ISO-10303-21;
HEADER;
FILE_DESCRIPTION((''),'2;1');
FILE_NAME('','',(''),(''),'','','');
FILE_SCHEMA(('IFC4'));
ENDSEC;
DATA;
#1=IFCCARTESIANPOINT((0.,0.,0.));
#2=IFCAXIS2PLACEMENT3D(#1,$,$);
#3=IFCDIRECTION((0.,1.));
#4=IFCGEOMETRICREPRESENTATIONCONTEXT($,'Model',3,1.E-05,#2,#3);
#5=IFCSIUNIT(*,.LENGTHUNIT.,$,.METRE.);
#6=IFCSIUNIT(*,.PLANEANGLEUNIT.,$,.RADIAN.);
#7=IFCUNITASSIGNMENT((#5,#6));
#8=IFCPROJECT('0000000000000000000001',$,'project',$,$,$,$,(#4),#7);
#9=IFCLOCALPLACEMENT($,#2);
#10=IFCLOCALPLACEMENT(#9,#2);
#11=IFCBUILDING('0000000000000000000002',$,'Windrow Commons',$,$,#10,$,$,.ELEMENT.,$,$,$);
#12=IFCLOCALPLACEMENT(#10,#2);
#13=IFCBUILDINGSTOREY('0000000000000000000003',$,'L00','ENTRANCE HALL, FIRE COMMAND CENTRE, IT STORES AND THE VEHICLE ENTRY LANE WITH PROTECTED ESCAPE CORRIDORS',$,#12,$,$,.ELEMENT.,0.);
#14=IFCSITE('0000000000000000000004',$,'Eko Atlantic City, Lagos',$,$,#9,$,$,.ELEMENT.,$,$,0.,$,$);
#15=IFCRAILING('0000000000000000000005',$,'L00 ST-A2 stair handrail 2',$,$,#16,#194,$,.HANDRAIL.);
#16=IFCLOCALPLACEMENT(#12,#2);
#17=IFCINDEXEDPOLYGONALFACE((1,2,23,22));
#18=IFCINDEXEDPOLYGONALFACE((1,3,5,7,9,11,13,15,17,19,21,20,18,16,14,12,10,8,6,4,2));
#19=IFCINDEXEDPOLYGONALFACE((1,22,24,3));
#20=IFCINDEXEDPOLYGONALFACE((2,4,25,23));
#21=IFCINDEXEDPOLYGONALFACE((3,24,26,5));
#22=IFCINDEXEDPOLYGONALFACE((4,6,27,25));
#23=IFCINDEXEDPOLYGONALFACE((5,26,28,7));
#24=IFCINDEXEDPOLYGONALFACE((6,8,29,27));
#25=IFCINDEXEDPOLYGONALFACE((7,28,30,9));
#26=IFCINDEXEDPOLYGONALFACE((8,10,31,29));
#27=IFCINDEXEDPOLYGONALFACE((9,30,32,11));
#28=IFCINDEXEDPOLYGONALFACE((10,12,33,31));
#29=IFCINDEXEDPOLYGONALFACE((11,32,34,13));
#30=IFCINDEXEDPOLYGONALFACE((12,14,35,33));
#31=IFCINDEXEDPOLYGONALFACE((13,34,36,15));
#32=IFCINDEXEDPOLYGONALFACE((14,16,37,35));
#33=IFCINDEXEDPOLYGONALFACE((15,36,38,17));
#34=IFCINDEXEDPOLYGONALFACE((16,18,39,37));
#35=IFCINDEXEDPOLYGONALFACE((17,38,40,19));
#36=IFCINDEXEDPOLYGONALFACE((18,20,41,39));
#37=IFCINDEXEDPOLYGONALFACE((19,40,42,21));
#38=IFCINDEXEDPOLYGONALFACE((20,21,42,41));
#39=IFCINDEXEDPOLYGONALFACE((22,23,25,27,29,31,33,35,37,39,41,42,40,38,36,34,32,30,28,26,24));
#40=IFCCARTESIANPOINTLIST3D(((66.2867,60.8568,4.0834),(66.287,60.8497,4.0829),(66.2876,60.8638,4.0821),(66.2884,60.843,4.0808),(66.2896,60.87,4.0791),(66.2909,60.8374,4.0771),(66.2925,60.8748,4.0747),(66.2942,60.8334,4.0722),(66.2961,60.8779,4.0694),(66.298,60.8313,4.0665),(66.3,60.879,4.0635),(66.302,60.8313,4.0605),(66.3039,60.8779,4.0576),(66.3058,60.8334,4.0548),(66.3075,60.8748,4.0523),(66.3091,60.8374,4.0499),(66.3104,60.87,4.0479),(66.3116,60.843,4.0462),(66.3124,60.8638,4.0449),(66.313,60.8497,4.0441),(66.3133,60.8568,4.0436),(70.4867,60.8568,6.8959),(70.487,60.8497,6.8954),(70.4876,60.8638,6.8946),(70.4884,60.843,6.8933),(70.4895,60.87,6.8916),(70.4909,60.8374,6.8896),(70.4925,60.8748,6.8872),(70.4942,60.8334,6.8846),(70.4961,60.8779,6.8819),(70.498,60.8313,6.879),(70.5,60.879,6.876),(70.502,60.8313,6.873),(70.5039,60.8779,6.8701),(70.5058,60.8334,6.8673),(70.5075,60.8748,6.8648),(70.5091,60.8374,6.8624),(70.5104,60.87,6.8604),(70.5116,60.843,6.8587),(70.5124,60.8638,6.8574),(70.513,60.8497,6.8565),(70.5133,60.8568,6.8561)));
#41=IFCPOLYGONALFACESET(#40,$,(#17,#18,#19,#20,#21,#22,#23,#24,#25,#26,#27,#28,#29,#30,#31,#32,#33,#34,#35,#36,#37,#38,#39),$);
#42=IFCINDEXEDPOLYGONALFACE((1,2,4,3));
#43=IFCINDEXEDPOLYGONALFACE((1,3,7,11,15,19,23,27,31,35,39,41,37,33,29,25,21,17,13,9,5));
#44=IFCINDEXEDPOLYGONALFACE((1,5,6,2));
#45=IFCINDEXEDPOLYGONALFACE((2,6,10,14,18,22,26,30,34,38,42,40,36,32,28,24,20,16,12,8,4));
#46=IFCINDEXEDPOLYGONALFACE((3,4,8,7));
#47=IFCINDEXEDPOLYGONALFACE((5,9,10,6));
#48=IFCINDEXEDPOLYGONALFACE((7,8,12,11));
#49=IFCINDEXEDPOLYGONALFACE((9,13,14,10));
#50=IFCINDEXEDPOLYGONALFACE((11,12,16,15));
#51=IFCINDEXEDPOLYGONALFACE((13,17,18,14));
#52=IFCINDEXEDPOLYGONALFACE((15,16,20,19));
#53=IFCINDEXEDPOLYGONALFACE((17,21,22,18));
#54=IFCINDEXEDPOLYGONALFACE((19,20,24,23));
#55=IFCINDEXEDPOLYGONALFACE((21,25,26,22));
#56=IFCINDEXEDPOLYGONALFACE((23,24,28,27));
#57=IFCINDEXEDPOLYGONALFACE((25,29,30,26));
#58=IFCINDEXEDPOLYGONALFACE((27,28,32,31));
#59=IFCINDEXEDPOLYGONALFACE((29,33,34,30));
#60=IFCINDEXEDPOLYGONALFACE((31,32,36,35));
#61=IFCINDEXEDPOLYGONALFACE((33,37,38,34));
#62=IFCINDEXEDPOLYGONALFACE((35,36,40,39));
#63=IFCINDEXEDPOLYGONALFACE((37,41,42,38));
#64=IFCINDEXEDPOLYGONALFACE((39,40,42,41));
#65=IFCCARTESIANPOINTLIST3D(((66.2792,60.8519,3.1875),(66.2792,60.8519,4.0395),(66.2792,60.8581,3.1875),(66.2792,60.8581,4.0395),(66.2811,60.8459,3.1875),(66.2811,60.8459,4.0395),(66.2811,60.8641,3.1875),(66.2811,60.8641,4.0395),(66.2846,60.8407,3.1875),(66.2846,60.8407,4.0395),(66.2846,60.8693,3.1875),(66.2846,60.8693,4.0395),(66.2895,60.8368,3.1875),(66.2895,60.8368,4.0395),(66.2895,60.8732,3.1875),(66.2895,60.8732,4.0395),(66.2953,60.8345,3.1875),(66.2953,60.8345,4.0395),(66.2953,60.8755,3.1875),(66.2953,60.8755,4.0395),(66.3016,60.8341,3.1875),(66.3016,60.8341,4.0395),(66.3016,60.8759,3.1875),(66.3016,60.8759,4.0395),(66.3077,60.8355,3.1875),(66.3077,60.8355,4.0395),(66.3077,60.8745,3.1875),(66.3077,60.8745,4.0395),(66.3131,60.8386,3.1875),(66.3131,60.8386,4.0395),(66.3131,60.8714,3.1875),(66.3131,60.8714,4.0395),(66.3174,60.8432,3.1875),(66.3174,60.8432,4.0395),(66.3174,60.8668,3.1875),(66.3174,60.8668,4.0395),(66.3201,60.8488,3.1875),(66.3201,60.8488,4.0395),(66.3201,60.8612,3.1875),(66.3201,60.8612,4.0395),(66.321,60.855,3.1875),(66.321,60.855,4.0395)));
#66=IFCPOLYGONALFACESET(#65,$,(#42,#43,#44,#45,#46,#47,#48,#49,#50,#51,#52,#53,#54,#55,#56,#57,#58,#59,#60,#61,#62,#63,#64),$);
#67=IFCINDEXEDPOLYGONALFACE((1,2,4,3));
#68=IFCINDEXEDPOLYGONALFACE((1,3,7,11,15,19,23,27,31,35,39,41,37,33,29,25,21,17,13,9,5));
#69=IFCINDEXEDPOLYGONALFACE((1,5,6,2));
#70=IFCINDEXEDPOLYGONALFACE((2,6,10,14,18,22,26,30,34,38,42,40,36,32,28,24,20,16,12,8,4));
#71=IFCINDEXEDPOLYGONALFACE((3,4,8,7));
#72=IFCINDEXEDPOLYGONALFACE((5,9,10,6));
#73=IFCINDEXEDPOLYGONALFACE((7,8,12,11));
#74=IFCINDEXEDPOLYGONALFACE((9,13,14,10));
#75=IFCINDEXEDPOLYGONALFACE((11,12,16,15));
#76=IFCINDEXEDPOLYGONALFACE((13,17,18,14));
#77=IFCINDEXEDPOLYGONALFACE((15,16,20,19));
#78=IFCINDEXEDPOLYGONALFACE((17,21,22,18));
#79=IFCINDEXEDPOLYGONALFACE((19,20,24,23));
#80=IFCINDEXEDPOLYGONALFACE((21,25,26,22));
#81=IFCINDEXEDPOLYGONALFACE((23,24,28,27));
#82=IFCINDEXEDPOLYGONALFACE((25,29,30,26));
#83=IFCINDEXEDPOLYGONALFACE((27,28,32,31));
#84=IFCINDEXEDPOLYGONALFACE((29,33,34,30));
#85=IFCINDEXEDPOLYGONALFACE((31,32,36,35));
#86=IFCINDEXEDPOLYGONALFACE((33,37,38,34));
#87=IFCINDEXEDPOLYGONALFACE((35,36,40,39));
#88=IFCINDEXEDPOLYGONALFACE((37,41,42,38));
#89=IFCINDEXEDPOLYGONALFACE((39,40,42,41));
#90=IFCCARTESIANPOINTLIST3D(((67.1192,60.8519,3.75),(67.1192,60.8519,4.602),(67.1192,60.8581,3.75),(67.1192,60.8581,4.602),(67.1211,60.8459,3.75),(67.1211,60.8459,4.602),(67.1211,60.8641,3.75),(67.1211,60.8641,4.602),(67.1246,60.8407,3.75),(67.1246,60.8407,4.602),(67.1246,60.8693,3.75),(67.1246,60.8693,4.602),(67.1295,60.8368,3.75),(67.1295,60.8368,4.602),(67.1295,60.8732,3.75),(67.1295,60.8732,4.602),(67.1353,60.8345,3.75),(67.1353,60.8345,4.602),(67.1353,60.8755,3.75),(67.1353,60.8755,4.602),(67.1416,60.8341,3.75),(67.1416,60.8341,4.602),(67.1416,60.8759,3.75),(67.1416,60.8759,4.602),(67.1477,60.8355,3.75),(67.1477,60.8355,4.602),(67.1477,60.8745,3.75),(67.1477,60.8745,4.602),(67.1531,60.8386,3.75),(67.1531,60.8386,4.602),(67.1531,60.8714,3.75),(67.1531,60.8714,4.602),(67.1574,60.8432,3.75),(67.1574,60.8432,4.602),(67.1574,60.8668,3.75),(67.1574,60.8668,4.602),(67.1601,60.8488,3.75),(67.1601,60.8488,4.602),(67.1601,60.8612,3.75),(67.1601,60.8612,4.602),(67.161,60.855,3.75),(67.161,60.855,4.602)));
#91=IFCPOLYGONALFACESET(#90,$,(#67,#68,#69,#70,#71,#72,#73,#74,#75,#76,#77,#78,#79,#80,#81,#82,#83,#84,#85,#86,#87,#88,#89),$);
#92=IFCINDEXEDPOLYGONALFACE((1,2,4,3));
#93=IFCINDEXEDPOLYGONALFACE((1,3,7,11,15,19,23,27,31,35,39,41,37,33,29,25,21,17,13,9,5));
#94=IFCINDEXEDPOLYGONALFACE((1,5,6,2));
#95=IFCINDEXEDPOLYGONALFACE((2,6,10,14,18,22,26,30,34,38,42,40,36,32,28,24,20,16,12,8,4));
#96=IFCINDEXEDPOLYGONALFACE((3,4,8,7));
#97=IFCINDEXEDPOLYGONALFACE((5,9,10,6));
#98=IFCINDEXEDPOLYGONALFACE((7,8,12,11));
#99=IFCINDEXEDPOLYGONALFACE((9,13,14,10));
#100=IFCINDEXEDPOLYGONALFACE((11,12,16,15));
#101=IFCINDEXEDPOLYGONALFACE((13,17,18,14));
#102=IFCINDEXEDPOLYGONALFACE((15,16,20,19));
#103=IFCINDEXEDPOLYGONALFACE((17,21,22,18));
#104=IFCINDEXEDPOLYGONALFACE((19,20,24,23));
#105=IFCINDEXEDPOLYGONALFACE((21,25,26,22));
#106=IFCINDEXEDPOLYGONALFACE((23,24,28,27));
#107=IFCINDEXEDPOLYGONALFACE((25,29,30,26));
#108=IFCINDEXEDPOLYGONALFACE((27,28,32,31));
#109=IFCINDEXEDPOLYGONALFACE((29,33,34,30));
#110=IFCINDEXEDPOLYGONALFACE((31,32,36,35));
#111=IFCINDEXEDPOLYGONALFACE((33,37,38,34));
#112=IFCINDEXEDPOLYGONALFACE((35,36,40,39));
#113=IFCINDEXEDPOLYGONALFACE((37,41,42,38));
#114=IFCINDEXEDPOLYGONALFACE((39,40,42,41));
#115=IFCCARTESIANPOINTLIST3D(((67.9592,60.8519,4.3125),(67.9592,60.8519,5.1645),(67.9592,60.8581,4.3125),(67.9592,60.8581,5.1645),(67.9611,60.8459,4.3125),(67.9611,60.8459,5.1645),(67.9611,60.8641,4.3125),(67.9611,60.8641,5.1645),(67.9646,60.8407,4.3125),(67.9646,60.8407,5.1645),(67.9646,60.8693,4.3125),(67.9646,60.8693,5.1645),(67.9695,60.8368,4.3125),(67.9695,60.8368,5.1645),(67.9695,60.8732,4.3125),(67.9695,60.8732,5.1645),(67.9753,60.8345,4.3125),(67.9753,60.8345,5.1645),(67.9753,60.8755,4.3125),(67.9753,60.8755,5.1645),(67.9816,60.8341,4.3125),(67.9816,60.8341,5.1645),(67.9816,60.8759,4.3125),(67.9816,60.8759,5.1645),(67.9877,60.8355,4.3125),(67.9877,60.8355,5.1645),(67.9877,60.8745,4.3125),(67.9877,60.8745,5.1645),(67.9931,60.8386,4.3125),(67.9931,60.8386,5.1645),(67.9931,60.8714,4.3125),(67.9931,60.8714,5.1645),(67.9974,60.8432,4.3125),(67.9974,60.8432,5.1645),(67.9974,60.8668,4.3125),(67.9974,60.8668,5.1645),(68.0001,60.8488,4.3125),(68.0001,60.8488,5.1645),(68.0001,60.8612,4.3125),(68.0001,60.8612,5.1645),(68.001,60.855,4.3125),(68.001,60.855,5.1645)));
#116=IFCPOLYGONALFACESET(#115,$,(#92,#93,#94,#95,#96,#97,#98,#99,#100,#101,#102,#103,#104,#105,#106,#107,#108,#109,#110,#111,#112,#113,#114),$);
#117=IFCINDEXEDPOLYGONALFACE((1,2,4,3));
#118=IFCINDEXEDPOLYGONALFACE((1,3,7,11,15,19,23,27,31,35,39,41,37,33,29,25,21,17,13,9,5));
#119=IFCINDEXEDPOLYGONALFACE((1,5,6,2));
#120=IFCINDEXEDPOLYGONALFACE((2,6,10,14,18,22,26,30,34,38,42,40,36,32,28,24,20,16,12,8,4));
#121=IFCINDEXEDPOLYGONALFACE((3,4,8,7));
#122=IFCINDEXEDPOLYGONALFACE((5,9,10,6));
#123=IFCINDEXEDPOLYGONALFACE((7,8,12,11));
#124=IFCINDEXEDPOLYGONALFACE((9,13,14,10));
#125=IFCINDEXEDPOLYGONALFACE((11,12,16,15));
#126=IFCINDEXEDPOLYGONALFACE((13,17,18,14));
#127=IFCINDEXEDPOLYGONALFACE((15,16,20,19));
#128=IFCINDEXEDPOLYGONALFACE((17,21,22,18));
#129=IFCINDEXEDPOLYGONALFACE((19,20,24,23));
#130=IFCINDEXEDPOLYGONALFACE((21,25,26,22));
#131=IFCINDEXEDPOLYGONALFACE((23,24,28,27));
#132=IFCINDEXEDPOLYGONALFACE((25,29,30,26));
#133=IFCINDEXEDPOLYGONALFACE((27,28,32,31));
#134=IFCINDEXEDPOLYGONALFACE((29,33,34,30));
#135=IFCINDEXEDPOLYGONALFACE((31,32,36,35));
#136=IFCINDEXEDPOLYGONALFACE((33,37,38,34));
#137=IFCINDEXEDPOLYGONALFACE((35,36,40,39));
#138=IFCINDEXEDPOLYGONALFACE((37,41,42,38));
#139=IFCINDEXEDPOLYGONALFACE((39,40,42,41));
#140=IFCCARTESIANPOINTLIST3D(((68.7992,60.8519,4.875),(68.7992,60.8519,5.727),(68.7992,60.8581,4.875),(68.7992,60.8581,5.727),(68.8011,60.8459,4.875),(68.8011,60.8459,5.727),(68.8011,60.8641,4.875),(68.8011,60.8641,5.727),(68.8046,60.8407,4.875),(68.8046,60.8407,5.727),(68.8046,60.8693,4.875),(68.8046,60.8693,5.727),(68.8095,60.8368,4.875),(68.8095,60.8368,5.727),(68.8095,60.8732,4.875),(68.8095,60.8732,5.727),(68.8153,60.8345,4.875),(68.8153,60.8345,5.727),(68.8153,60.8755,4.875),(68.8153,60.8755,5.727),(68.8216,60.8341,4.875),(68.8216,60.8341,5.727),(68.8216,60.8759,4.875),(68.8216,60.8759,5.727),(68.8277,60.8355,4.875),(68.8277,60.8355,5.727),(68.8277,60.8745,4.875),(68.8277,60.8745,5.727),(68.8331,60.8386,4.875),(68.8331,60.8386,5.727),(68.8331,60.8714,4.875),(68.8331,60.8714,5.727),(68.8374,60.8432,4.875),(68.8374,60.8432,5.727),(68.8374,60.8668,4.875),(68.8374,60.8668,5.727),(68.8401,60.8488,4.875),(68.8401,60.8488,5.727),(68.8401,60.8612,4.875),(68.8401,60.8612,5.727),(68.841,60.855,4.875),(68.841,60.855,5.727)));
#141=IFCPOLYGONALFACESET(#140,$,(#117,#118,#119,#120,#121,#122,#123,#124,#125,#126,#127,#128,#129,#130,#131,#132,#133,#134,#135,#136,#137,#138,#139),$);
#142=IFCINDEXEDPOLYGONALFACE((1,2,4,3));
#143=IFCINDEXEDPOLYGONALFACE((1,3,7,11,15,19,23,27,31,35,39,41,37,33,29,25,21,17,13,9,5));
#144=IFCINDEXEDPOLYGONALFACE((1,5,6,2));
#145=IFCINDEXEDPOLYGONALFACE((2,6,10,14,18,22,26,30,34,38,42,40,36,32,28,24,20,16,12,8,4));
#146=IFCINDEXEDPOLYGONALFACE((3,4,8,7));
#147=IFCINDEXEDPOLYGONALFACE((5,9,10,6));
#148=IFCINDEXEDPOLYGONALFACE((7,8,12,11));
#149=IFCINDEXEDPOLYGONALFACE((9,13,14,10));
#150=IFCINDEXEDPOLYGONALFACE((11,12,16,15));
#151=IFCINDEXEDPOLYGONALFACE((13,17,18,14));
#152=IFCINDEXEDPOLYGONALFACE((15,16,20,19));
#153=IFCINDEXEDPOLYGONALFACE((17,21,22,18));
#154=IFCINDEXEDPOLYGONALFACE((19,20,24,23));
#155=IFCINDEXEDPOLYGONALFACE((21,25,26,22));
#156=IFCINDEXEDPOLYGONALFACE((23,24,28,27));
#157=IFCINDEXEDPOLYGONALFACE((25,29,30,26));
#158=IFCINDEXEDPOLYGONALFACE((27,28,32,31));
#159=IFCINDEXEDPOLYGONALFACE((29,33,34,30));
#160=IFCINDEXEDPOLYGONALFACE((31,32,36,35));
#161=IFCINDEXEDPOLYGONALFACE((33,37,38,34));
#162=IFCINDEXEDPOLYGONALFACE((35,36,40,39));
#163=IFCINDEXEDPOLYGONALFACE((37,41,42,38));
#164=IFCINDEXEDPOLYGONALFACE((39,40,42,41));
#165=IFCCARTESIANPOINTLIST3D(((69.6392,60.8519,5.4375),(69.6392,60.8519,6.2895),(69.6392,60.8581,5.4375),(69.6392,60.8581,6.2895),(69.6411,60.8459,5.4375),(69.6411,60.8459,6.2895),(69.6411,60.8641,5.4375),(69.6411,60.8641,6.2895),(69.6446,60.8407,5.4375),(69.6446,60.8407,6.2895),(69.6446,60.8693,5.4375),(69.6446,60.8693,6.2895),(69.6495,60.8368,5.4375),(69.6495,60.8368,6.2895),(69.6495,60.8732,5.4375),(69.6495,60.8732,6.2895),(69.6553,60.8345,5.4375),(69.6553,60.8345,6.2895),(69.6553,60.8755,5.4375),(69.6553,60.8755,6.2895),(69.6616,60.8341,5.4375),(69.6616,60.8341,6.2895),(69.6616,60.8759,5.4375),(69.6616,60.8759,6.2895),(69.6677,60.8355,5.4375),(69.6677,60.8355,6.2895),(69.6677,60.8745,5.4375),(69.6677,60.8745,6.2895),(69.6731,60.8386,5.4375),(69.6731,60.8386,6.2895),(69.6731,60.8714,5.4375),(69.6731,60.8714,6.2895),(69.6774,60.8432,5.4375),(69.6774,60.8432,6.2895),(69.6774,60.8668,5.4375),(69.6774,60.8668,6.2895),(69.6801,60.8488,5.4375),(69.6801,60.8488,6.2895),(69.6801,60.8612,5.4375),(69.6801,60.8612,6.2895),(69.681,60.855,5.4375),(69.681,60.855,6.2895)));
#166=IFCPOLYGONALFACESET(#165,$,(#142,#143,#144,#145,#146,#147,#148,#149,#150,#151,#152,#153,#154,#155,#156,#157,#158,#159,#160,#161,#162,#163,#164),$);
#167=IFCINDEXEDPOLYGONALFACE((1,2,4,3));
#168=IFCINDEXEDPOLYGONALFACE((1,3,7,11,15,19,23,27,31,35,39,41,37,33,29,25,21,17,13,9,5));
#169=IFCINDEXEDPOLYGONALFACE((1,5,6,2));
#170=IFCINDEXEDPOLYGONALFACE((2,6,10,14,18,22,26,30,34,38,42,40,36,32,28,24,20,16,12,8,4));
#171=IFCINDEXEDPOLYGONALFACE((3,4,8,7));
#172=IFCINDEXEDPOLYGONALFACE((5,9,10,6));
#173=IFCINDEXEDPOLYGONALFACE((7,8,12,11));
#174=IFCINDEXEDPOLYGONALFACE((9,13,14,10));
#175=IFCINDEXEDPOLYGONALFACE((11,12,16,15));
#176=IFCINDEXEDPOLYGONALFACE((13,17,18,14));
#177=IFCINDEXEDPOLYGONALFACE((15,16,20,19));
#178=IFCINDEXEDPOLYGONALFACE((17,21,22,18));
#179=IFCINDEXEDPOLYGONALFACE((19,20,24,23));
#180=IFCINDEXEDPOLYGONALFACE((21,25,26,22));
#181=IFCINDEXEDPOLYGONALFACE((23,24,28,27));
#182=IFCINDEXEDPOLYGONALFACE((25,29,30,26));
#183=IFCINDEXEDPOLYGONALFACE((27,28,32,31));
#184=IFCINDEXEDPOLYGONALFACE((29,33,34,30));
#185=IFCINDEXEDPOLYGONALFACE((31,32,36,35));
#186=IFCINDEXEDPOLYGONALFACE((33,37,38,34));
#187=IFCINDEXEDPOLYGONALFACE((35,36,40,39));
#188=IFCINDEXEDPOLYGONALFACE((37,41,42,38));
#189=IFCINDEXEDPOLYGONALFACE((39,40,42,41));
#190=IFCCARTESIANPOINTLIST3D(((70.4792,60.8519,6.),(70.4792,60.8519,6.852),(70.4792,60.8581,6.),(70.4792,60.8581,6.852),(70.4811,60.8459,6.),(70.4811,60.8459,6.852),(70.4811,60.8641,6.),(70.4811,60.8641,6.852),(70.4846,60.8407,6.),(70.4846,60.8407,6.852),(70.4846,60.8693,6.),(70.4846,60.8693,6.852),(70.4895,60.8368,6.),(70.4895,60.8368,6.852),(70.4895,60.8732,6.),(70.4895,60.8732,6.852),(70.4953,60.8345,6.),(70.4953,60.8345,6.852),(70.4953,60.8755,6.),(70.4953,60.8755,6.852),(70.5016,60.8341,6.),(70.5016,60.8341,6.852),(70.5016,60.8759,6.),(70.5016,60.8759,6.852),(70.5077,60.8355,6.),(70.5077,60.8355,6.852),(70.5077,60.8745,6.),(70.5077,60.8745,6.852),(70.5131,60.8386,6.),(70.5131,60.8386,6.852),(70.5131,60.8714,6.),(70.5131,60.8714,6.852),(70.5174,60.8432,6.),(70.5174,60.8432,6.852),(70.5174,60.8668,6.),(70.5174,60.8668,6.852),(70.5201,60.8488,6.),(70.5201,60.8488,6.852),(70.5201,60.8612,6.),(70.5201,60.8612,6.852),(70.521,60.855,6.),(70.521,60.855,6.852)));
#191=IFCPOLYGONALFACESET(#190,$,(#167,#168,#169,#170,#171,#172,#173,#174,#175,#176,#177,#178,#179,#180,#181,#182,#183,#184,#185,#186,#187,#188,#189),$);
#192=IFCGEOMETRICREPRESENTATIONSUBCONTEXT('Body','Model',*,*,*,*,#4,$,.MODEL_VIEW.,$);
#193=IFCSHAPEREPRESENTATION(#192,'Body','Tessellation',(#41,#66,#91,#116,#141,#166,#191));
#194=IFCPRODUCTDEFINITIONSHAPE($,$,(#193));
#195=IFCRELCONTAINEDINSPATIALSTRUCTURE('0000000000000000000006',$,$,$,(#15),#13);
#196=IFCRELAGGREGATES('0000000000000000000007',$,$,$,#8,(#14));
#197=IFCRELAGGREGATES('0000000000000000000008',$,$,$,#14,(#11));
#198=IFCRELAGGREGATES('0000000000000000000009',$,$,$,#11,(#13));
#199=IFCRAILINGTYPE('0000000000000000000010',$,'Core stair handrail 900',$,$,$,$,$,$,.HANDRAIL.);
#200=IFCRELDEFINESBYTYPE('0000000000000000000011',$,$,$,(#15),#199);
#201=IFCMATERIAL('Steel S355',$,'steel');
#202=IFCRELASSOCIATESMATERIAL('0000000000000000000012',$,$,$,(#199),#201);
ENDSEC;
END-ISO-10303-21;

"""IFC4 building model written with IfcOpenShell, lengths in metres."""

from ifc_helpers import new_model, si_unit, direction, frame, origin, origin_2d, place, context, subcontext, project, spatial, circle, extrude, material, type_object, element, save


model = new_model("IFC4")

# Units and contexts
model_context = context("Model", 3, precision=1e-05, world=origin(), true_north=direction((0.0, 1.0)))
body_context = subcontext(model_context, "Body", "Model", "MODEL_VIEW")
ifc_project = project(units=[si_unit("LENGTHUNIT", "METRE"), si_unit("PLANEANGLEUNIT", "RADIAN")], contexts=[model_context])

# Site, building, storey
site_placement = place(None, origin())
site = spatial("IfcSite", under=ifc_project, at=site_placement, Name="Eko Atlantic City, Lagos", CompositionType="ELEMENT", RefElevation=0.0)
building_placement = place(site_placement, origin())
building = spatial("IfcBuilding", under=site, at=building_placement, Name="Windrow Commons", CompositionType="ELEMENT")
storey_placement = place(building_placement, origin())
storey = spatial("IfcBuildingStorey", under=building, at=storey_placement, Name="L00", Description="ENTRANCE HALL, FIRE COMMAND CENTRE, IT STORES AND THE VEHICLE ENTRY LANE WITH PROTECTED ESCAPE CORRIDORS", CompositionType="ELEMENT", Elevation=0.0)

# Railing
ifc_material_1 = material(Name="Steel S355", Category="steel")
railing_type_1 = type_object("IfcRailingType", Name="Core stair handrail 900", PredefinedType="HANDRAIL", material=ifc_material_1)
railing_1_placement = place(storey_placement, frame((66.3, 60.855, 3.1875)))
element("IfcRailing", 1, at=railing_1_placement, inside=storey, type_object=railing_type_1, Name="L00 ST-A2 stair handrail 2", PredefinedType="HANDRAIL", context=body_context, shape_type="SweptSolid", body=[
    extrude(circle(Radius=0.024, at=origin_2d()), frame((0.0, 0.0, 0.876), z_axis=(0.830907, 0.0, 0.556411), x_axis=(0.0, 1.0, 0.0)), (0.0, 0.0, 1.0), 5.0547),
    extrude(circle(Radius=0.021, at=origin_2d()), origin(), (0.0, 0.0, 1.0), 0.852),
    extrude(circle(Radius=0.021, at=origin_2d()), frame((0.84, 0.0, 0.5625)), (0.0, 0.0, 1.0), 0.852),
    extrude(circle(Radius=0.021, at=origin_2d()), frame((1.68, 0.0, 1.125)), (0.0, 0.0, 1.0), 0.852),
    extrude(circle(Radius=0.021, at=origin_2d()), frame((2.52, 0.0, 1.6875)), (0.0, 0.0, 1.0), 0.852),
    extrude(circle(Radius=0.021, at=origin_2d()), frame((3.36, 0.0, 2.25)), (0.0, 0.0, 1.0), 0.852),
    extrude(circle(Radius=0.021, at=origin_2d()), frame((4.2, 0.0, 2.8125)), (0.0, 0.0, 1.0), 0.852),
])

save(model, "model.ifc")
